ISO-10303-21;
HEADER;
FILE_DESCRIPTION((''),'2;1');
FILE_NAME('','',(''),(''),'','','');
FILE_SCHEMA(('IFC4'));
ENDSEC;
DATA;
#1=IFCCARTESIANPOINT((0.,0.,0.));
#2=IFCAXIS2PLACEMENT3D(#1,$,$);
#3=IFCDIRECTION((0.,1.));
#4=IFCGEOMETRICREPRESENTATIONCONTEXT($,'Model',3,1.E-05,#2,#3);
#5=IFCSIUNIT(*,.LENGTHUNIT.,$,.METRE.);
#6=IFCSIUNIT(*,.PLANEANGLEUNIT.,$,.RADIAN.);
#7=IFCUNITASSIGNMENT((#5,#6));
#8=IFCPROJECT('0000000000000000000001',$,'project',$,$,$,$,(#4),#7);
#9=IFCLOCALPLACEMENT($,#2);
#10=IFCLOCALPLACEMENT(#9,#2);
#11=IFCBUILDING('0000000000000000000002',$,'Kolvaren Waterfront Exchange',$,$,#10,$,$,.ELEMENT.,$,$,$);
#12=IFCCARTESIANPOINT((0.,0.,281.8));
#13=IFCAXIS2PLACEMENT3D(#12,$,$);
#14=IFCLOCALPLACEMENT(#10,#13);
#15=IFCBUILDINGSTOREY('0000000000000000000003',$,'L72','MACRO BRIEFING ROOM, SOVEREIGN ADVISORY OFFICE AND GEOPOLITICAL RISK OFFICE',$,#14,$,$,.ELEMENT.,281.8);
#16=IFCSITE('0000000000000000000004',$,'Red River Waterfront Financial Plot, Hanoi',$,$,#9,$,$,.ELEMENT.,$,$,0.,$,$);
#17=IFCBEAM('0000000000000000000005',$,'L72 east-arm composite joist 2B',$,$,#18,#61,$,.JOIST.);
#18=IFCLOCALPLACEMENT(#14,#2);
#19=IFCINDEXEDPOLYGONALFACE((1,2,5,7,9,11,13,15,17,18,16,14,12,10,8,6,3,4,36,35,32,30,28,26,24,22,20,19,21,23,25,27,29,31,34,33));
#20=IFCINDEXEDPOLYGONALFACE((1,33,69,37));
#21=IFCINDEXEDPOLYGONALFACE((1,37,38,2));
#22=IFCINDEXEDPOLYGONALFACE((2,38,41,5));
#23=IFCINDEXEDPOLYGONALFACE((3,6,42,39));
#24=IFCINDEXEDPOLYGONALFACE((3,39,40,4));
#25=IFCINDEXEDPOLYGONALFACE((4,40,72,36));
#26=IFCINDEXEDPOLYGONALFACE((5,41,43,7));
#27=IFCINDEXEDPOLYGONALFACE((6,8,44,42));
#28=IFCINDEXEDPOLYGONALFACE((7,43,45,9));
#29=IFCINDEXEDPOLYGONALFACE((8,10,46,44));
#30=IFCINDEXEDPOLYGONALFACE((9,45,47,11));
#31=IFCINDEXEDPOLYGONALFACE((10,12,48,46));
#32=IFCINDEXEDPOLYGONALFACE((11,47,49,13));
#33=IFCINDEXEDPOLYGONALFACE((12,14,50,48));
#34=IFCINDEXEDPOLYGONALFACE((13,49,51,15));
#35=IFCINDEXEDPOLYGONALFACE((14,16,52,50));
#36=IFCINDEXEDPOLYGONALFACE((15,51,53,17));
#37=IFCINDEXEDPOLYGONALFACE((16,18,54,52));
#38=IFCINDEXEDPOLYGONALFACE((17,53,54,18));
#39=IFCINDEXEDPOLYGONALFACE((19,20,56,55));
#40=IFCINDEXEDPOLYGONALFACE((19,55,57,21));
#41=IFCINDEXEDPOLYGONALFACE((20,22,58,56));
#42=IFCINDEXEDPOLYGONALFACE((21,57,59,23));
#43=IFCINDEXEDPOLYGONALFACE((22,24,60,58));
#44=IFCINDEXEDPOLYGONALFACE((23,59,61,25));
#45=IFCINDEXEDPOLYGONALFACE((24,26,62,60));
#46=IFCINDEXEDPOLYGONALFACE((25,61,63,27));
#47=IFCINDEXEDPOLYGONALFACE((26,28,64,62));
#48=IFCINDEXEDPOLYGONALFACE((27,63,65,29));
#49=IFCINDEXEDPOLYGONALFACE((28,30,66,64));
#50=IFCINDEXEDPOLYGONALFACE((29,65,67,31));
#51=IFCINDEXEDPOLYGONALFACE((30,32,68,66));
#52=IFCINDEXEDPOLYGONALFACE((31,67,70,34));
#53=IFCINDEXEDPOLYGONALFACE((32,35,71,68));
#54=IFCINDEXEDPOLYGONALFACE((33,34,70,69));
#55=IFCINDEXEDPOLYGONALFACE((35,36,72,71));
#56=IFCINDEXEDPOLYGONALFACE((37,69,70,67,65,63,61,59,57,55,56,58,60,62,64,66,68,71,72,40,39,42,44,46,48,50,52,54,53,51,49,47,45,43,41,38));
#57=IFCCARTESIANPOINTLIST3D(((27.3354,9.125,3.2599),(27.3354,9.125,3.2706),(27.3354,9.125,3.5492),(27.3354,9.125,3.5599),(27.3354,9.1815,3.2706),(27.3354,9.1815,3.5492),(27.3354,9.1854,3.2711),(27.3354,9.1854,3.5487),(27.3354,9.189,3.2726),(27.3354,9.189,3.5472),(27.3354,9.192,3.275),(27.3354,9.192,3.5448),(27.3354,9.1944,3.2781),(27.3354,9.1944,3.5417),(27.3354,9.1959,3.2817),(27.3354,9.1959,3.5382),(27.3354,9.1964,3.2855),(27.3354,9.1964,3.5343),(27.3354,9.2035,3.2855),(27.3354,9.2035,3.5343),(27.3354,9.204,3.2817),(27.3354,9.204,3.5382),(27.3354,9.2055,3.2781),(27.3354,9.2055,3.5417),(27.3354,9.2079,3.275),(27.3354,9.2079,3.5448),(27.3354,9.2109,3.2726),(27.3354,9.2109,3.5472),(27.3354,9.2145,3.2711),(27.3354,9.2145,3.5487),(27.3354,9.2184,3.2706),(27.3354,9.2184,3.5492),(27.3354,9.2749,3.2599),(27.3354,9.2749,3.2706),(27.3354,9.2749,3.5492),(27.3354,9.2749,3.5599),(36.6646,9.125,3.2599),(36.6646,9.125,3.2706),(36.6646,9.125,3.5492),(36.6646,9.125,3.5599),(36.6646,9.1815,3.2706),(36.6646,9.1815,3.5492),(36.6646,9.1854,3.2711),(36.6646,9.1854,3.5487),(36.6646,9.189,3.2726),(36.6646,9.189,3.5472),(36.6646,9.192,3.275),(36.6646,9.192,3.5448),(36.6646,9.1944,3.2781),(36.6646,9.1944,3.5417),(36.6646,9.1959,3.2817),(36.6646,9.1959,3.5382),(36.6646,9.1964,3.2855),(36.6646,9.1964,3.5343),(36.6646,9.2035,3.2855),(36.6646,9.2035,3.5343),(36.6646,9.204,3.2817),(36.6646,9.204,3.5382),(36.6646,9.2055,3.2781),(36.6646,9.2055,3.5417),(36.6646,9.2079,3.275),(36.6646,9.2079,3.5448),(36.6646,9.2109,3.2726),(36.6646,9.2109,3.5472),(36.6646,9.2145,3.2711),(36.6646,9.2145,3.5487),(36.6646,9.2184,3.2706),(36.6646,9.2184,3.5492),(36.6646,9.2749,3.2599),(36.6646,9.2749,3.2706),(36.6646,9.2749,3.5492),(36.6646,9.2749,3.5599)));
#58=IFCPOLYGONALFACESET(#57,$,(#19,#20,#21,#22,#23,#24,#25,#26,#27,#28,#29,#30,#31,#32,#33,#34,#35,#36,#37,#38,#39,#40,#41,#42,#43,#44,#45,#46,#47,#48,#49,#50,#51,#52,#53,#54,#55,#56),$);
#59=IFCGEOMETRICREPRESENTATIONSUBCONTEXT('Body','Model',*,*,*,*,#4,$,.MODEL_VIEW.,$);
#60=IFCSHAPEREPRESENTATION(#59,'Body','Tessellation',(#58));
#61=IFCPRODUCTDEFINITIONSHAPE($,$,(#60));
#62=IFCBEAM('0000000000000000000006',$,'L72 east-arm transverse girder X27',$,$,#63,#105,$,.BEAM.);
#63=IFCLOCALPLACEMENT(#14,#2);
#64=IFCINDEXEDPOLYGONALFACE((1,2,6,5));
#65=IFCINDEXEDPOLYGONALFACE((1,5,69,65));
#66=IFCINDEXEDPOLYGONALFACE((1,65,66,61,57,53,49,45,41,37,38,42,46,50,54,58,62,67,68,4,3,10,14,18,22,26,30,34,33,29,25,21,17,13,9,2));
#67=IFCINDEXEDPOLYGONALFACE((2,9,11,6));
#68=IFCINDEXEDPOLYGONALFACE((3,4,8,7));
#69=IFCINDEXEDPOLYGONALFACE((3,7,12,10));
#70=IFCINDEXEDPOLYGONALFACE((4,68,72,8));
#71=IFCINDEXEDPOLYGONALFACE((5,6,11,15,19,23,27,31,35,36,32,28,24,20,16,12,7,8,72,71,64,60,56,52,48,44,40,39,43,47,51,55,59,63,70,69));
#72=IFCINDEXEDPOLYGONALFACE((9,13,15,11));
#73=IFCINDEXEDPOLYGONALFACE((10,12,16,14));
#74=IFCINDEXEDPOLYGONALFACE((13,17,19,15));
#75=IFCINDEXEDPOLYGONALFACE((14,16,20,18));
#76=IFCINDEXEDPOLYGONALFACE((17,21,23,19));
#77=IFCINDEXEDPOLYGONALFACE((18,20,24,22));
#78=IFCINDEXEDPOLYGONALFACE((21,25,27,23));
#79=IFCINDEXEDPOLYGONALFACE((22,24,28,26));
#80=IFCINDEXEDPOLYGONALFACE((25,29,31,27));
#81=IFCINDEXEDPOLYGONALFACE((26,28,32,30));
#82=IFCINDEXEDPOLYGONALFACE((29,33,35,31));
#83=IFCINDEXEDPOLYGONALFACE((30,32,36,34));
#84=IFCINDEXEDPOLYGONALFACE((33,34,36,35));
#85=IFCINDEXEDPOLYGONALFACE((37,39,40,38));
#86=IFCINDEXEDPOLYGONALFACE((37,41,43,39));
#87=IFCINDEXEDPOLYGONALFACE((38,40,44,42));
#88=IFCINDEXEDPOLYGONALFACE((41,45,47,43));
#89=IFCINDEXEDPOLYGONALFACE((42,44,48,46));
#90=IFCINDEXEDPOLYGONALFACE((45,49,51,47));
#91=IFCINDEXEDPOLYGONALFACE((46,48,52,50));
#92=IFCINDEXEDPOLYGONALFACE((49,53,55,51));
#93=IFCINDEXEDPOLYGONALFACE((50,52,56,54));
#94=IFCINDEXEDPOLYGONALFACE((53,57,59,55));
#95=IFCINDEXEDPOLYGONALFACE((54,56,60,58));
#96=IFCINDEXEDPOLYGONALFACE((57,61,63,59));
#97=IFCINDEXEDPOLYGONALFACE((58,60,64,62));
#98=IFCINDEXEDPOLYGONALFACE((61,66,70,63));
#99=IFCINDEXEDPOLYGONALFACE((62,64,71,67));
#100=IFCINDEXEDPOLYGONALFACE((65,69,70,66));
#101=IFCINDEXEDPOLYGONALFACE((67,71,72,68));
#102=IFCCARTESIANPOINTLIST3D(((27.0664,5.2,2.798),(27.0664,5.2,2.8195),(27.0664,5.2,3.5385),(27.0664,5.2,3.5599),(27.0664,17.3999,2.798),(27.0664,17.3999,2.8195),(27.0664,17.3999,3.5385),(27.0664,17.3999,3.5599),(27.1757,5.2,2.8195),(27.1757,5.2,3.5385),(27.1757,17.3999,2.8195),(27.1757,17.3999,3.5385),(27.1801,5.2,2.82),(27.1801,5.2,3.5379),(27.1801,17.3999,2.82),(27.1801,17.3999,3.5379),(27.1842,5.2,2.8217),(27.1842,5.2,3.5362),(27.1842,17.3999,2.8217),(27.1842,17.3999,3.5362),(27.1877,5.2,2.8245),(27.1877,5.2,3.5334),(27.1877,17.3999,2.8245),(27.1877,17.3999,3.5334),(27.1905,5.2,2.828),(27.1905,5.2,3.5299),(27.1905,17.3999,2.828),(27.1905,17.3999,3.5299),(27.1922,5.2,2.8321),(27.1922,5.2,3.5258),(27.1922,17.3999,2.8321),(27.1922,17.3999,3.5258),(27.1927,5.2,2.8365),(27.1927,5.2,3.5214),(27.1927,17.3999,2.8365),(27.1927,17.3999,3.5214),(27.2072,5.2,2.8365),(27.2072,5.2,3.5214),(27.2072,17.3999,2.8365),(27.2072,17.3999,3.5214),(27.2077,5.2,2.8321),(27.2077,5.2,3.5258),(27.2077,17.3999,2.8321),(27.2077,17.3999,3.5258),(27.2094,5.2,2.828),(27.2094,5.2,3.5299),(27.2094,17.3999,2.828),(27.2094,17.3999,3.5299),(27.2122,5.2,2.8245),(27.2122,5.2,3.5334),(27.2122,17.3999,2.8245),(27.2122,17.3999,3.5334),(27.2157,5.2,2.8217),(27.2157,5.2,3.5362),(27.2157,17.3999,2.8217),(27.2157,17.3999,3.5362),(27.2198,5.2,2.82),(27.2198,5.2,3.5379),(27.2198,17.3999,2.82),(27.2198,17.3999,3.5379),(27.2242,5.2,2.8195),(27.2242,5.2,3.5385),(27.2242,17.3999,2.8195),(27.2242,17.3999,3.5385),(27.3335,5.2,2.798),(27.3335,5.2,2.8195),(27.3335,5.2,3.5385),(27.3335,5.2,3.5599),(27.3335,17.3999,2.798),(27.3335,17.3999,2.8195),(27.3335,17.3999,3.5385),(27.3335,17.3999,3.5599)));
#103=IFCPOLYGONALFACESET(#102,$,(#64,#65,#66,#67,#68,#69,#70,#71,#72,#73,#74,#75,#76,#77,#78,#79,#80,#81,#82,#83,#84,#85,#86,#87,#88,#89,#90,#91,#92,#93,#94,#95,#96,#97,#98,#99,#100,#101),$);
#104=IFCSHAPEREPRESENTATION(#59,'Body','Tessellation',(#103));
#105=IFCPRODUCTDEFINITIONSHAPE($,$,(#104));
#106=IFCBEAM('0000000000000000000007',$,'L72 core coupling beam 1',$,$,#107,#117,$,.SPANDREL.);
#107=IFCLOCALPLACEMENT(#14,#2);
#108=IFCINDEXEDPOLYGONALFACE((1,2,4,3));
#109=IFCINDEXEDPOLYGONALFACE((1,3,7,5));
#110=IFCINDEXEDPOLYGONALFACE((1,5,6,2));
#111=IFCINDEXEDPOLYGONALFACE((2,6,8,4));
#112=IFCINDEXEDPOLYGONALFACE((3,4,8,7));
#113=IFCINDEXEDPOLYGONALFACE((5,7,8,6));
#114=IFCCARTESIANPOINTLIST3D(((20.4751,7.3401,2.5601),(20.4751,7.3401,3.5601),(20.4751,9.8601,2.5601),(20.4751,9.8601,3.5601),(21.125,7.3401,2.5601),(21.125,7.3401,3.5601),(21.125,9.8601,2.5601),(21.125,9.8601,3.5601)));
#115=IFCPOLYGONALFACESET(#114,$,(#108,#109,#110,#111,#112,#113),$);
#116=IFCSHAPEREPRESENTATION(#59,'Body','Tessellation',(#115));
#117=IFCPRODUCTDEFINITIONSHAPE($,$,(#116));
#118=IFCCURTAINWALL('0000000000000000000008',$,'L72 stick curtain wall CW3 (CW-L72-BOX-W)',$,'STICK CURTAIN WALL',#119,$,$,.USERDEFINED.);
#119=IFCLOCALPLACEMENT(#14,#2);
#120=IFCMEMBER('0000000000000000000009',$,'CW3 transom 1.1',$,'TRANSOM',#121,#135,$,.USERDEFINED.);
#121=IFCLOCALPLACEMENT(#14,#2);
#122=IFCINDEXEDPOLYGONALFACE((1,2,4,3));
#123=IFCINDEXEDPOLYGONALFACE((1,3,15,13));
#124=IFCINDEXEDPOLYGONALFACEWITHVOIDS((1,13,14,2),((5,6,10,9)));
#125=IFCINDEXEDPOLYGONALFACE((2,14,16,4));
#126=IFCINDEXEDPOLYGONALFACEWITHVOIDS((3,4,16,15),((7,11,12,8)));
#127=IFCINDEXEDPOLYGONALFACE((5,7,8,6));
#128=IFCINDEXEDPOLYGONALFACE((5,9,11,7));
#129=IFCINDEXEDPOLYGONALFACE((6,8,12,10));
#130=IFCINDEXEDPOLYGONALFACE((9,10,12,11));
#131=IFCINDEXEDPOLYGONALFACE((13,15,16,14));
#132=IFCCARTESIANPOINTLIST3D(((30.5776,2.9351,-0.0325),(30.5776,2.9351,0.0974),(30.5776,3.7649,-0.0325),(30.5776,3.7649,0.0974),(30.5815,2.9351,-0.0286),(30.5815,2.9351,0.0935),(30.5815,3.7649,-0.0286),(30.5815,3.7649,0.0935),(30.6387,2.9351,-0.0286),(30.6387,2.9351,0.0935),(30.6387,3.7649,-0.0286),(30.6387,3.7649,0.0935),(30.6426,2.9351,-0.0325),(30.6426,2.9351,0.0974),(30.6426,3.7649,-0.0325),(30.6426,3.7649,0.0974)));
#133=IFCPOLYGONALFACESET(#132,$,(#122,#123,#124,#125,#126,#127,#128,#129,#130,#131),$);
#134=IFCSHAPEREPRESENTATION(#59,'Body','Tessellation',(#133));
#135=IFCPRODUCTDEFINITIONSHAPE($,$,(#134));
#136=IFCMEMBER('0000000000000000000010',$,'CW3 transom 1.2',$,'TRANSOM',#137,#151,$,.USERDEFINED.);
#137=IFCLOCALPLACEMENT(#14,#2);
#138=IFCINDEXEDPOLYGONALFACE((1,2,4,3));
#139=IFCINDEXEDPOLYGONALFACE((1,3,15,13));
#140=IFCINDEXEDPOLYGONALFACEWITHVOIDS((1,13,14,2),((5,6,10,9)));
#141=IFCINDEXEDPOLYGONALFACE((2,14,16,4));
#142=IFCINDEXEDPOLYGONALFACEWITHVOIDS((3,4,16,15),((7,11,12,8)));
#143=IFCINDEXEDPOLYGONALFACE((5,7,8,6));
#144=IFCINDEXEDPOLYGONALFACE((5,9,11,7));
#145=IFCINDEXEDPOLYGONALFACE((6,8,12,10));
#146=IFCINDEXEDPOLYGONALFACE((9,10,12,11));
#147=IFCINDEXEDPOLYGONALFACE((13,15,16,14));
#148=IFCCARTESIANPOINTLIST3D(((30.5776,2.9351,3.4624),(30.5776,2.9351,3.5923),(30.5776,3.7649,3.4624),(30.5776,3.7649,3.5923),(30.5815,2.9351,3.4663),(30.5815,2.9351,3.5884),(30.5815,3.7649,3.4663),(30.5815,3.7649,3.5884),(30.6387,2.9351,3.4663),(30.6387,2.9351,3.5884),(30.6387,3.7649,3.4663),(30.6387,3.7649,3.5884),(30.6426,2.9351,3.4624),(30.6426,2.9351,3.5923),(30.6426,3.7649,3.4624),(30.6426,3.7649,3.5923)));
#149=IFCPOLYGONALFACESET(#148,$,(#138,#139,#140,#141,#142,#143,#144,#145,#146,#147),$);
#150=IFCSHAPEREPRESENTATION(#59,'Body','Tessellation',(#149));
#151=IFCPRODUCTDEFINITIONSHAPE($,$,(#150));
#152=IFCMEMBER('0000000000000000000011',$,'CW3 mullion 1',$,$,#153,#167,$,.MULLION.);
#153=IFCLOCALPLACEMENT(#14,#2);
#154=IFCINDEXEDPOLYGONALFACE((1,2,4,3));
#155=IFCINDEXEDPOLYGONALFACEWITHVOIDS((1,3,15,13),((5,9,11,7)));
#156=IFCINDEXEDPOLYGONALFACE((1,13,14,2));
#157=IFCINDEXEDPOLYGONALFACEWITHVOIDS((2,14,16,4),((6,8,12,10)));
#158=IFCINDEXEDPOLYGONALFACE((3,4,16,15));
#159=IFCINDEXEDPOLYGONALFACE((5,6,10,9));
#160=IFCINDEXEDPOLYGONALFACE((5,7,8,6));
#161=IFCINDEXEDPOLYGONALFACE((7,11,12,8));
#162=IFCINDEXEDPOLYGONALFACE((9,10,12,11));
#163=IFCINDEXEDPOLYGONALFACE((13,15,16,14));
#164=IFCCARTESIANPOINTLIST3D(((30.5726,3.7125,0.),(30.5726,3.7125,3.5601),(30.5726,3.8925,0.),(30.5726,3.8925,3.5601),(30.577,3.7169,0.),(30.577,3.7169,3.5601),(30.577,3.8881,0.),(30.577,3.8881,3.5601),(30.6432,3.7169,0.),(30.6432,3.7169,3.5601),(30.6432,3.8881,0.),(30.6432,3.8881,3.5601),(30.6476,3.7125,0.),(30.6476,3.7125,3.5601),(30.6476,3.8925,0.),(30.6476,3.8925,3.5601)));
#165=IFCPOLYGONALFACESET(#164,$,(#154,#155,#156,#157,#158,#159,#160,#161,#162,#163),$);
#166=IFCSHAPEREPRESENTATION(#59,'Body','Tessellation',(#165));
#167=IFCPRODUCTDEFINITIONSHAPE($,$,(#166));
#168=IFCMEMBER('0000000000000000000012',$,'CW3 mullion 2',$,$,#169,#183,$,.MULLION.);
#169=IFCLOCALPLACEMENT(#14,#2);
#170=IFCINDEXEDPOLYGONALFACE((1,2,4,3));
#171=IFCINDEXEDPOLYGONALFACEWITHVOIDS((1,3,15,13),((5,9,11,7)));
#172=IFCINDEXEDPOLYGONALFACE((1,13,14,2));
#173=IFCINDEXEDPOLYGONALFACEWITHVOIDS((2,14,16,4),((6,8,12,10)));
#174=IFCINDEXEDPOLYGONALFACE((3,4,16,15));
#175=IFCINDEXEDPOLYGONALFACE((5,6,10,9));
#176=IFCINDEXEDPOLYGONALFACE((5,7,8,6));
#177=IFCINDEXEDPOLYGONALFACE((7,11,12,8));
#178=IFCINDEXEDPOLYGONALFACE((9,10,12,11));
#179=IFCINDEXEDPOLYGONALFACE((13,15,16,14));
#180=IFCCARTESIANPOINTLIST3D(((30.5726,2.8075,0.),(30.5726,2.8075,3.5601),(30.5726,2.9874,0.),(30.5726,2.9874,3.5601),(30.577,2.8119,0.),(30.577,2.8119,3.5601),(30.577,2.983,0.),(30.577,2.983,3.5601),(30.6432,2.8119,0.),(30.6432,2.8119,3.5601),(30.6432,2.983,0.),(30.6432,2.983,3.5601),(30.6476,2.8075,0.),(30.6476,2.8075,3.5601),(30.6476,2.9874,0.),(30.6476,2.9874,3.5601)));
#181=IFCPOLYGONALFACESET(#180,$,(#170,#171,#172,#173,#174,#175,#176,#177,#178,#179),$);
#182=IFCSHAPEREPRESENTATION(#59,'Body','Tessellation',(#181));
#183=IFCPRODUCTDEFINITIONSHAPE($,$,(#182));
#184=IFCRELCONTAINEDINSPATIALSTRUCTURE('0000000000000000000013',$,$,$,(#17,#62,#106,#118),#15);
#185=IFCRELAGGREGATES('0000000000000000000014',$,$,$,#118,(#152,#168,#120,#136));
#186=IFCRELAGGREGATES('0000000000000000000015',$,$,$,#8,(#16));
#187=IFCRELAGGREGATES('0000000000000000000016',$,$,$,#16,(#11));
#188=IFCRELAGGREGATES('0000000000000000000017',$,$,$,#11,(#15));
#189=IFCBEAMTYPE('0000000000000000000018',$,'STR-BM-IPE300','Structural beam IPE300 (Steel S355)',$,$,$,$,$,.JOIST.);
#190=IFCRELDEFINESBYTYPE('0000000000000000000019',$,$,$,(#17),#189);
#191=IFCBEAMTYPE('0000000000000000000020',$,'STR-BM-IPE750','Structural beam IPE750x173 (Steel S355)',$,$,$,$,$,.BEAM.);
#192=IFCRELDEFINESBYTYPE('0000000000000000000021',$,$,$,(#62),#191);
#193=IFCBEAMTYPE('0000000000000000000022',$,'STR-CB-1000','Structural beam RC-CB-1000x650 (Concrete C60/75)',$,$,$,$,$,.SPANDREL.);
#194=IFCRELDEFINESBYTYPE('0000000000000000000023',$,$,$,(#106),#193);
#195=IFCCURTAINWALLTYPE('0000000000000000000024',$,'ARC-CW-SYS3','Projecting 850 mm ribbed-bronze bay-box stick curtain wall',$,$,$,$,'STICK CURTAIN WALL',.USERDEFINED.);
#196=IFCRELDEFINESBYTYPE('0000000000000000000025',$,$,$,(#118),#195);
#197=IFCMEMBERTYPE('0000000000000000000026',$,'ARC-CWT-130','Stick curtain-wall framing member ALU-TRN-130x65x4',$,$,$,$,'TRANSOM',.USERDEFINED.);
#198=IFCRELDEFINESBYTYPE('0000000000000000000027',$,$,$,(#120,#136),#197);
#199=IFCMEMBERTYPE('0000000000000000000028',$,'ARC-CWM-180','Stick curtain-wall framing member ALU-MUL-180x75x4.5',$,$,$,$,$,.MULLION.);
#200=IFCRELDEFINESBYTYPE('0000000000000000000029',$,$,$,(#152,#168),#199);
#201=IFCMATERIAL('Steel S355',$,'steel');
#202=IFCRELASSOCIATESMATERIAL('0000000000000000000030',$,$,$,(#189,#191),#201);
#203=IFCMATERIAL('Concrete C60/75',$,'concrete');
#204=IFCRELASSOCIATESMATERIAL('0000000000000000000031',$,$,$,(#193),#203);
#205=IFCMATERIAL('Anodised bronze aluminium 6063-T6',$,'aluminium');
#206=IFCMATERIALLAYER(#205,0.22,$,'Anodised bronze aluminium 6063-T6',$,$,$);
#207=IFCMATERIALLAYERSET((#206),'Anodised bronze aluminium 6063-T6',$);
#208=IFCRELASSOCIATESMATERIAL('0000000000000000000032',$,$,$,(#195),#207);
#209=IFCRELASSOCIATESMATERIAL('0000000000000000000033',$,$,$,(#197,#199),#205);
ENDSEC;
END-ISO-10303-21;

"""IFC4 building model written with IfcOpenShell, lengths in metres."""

from ifc_helpers import new_model, si_unit, direction, frame, origin, origin_with_axes, origin_2d, place, context, subcontext, project, spatial, rectangle, hollow_rectangle, i_section, extrude, source, transform, mapped, material, layer, layer_set, material_profile, profile_set, type_object, element, aggregate, save


model = new_model("IFC4")

# Units and contexts
model_context = context("Model", 3, precision=1e-05, world=origin(), true_north=direction((0.0, 1.0)))
body_context = subcontext(model_context, "Body", "Model", "MODEL_VIEW")
ifc_project = project(units=[si_unit("LENGTHUNIT", "METRE"), si_unit("PLANEANGLEUNIT", "RADIAN")], contexts=[model_context])

# Site, building, storey
site_placement = place(None, origin())
site = spatial("IfcSite", under=ifc_project, at=site_placement, Name="Red River Waterfront Financial Plot, Hanoi", CompositionType="ELEMENT", RefElevation=0.0)
building_placement = place(site_placement, origin())
building = spatial("IfcBuilding", under=site, at=building_placement, Name="Kolvaren Waterfront Exchange", CompositionType="ELEMENT")
storey_placement = place(building_placement, frame((0.0, 0.0, 281.8)))
storey = spatial("IfcBuildingStorey", under=building, at=storey_placement, Name="L72", Description="MACRO BRIEFING ROOM, SOVEREIGN ADVISORY OFFICE AND GEOPOLITICAL RISK OFFICE", CompositionType="ELEMENT", Elevation=281.8)

# Beams
ifc_material_1 = material(Name="Steel S355", Category="steel")
ifc_material_profile_1 = material_profile(ifc_material_1, i_section(OverallWidth=0.1499, OverallDepth=0.3, WebThickness=0.0071, FlangeThickness=0.0107, FilletRadius=0.0149, at=origin_2d()), Name="IPE300")
ifc_profile_set_1 = profile_set([ifc_material_profile_1], Name="Steel S355")
beam_type_1 = type_object("IfcBeamType", Name="STR-BM-IPE300", Description="Structural beam IPE300 (Steel S355)", PredefinedType="JOIST", material=ifc_profile_set_1)
beam_1_placement = place(storey_placement, frame((27.3354, 9.2, 3.4099), z_axis=(1.0, 0.0, 0.0), x_axis=(0.0, 1.0, 0.0)))
element("IfcBeam", 1, at=beam_1_placement, inside=storey, type_object=beam_type_1, Name="L72 east-arm composite joist 2B", PredefinedType="JOIST", context=body_context, shape_type="SweptSolid", body=[
    extrude(i_section(OverallWidth=0.1499, OverallDepth=0.3, WebThickness=0.0071, FlangeThickness=0.0107, FilletRadius=0.0149, at=origin_2d()), origin(), (0.0, 0.0, 1.0), 9.3291),
])
ifc_material_profile_2 = material_profile(ifc_material_1, i_section(OverallWidth=0.2671, OverallDepth=0.762, WebThickness=0.0144, FlangeThickness=0.0215, FilletRadius=0.0171, at=origin_2d()), Name="IPE750x173")
ifc_profile_set_2 = profile_set([ifc_material_profile_2], Name="Steel S355")
beam_type_2 = type_object("IfcBeamType", Name="STR-BM-IPE750", Description="Structural beam IPE750x173 (Steel S355)", PredefinedType="BEAM", material=ifc_profile_set_2)
beam_2_placement = place(storey_placement, frame((27.2, 5.2, 3.179), z_axis=(0.0, 1.0, 0.0), x_axis=(-1.0, 0.0, 0.0)))
element("IfcBeam", 2, at=beam_2_placement, inside=storey, type_object=beam_type_2, Name="L72 east-arm transverse girder X27", PredefinedType="BEAM", context=body_context, shape_type="SweptSolid", body=[
    extrude(i_section(OverallWidth=0.2671, OverallDepth=0.762, WebThickness=0.0144, FlangeThickness=0.0215, FilletRadius=0.0171, at=origin_2d()), origin(), (0.0, 0.0, 1.0), 12.2),
])
ifc_material_2 = material(Name="Concrete C60/75", Category="concrete")
ifc_material_profile_3 = material_profile(ifc_material_2, rectangle(XDim=0.6499, YDim=1.0, at=origin_2d()), Name="RC-CB-1000x650")
ifc_profile_set_3 = profile_set([ifc_material_profile_3], Name="Concrete C60/75")
beam_type_3 = type_object("IfcBeamType", Name="STR-CB-1000", Description="Structural beam RC-CB-1000x650 (Concrete C60/75)", PredefinedType="SPANDREL", material=ifc_profile_set_3)
beam_3_placement = place(storey_placement, frame((20.8, 7.3401, 3.0601), z_axis=(0.0, 1.0, 0.0), x_axis=(-1.0, 0.0, 0.0)))
element("IfcBeam", 3, at=beam_3_placement, inside=storey, type_object=beam_type_3, Name="L72 core coupling beam 1", PredefinedType="SPANDREL", context=body_context, shape_type="SweptSolid", body=[
    extrude(rectangle(XDim=0.6499, YDim=1.0, at=origin_2d()), origin(), (0.0, 0.0, 1.0), 2.52),
])

# Curtain wall, members
ifc_material_3 = material(Name="Anodised bronze aluminium 6063-T6", Category="aluminium")
ifc_layer_1 = layer(ifc_material_3, 0.22, Name="Anodised bronze aluminium 6063-T6")
ifc_layer_set_1 = layer_set([ifc_layer_1], Name="Anodised bronze aluminium 6063-T6")
curtain_wall_type_1 = type_object("IfcCurtainWallType", Name="ARC-CW-SYS3", Description="Projecting 850 mm ribbed-bronze bay-box stick curtain wall", ElementType="STICK CURTAIN WALL", PredefinedType="USERDEFINED", material=ifc_layer_set_1)
curtain_wall_1_placement = place(storey_placement, origin())
curtain_wall_1 = element("IfcCurtainWall", 4, at=curtain_wall_1_placement, inside=storey, type_object=curtain_wall_type_1, Name="L72 stick curtain wall CW3 (CW-L72-BOX-W)", ObjectType="STICK CURTAIN WALL", PredefinedType="USERDEFINED")
ifc_material_profile_4 = material_profile(ifc_material_3, hollow_rectangle(XDim=0.0649, YDim=0.1299, WallThickness=0.0039, at=origin_2d()), Name="ALU-TRN-130x65x4")
ifc_profile_set_4 = profile_set([ifc_material_profile_4], Name="Anodised bronze aluminium 6063-T6")
member_type_1 = type_object("IfcMemberType", Name="ARC-CWT-130", Description="Stick curtain-wall framing member ALU-TRN-130x65x4", ElementType="TRANSOM", PredefinedType="USERDEFINED", material=ifc_profile_set_4)
shared_shape_1 = source(origin_with_axes(), body_context, "Body", "SweptSolid", [
    extrude(hollow_rectangle(XDim=0.0649, YDim=0.1299, WallThickness=0.0039, at=origin_2d()), origin(), (0.0, 0.0, 1.0), 0.8298),
])
member_1_placement = place(storey_placement, frame((30.6101, 3.7649, 0.0325), z_axis=(0.0, -1.0, 0.0), x_axis=(1.0, 0.0, 0.0)))
member_1 = element("IfcMember", 5, at=member_1_placement, type_object=member_type_1, Name="CW3 transom 1.1", ObjectType="TRANSOM", PredefinedType="USERDEFINED", context=body_context, shape_type="MappedRepresentation", body=[
    mapped(shared_shape_1, transform((0.0, 0.0, 0.0), x_axis=(1.0, 0.0, 0.0), y_axis=(0.0, 1.0, 0.0), z_axis=(0.0, 0.0, 1.0), scale=1.0)),
])
member_2_placement = place(storey_placement, frame((30.6101, 3.7649, 3.5273), z_axis=(0.0, -1.0, 0.0), x_axis=(1.0, 0.0, 0.0)))
member_2 = element("IfcMember", 6, at=member_2_placement, type_object=member_type_1, Name="CW3 transom 1.2", ObjectType="TRANSOM", PredefinedType="USERDEFINED", context=body_context, shape_type="MappedRepresentation", body=[
    mapped(shared_shape_1, transform((0.0, 0.0, 0.0), x_axis=(1.0, 0.0, 0.0), y_axis=(0.0, 1.0, 0.0), z_axis=(0.0, 0.0, 1.0), scale=1.0)),
])
ifc_material_profile_5 = material_profile(ifc_material_3, hollow_rectangle(XDim=0.075, YDim=0.1799, WallThickness=0.0044, at=origin_2d()), Name="ALU-MUL-180x75x4.5")
ifc_profile_set_5 = profile_set([ifc_material_profile_5], Name="Anodised bronze aluminium 6063-T6")
member_type_2 = type_object("IfcMemberType", Name="ARC-CWM-180", Description="Stick curtain-wall framing member ALU-MUL-180x75x4.5", PredefinedType="MULLION", material=ifc_profile_set_5)
shared_shape_2 = source(origin_with_axes(), body_context, "Body", "SweptSolid", [
    extrude(hollow_rectangle(XDim=0.075, YDim=0.1799, WallThickness=0.0044, at=origin_2d()), origin(), (0.0, 0.0, 1.0), 3.5601),
])
member_3_placement = place(storey_placement, frame((30.6101, 3.8025, 0.0), z_axis=(0.0, 0.0, 1.0), x_axis=(1.0, 0.0, 0.0)))
member_3 = element("IfcMember", 7, at=member_3_placement, type_object=member_type_2, Name="CW3 mullion 1", PredefinedType="MULLION", context=body_context, shape_type="MappedRepresentation", body=[
    mapped(shared_shape_2, transform((0.0, 0.0, 0.0), x_axis=(1.0, 0.0, 0.0), y_axis=(0.0, 1.0, 0.0), z_axis=(0.0, 0.0, 1.0), scale=1.0)),
])
member_4_placement = place(storey_placement, frame((30.6101, 2.8975, 0.0), z_axis=(0.0, 0.0, 1.0), x_axis=(1.0, 0.0, 0.0)))
member_4 = element("IfcMember", 8, at=member_4_placement, type_object=member_type_2, Name="CW3 mullion 2", PredefinedType="MULLION", context=body_context, shape_type="MappedRepresentation", body=[
    mapped(shared_shape_2, transform((0.0, 0.0, 0.0), x_axis=(1.0, 0.0, 0.0), y_axis=(0.0, 1.0, 0.0), z_axis=(0.0, 0.0, 1.0), scale=1.0)),
])

aggregate(curtain_wall_1, [member_3, member_4, member_1, member_2])

save(model, "model.ifc")
